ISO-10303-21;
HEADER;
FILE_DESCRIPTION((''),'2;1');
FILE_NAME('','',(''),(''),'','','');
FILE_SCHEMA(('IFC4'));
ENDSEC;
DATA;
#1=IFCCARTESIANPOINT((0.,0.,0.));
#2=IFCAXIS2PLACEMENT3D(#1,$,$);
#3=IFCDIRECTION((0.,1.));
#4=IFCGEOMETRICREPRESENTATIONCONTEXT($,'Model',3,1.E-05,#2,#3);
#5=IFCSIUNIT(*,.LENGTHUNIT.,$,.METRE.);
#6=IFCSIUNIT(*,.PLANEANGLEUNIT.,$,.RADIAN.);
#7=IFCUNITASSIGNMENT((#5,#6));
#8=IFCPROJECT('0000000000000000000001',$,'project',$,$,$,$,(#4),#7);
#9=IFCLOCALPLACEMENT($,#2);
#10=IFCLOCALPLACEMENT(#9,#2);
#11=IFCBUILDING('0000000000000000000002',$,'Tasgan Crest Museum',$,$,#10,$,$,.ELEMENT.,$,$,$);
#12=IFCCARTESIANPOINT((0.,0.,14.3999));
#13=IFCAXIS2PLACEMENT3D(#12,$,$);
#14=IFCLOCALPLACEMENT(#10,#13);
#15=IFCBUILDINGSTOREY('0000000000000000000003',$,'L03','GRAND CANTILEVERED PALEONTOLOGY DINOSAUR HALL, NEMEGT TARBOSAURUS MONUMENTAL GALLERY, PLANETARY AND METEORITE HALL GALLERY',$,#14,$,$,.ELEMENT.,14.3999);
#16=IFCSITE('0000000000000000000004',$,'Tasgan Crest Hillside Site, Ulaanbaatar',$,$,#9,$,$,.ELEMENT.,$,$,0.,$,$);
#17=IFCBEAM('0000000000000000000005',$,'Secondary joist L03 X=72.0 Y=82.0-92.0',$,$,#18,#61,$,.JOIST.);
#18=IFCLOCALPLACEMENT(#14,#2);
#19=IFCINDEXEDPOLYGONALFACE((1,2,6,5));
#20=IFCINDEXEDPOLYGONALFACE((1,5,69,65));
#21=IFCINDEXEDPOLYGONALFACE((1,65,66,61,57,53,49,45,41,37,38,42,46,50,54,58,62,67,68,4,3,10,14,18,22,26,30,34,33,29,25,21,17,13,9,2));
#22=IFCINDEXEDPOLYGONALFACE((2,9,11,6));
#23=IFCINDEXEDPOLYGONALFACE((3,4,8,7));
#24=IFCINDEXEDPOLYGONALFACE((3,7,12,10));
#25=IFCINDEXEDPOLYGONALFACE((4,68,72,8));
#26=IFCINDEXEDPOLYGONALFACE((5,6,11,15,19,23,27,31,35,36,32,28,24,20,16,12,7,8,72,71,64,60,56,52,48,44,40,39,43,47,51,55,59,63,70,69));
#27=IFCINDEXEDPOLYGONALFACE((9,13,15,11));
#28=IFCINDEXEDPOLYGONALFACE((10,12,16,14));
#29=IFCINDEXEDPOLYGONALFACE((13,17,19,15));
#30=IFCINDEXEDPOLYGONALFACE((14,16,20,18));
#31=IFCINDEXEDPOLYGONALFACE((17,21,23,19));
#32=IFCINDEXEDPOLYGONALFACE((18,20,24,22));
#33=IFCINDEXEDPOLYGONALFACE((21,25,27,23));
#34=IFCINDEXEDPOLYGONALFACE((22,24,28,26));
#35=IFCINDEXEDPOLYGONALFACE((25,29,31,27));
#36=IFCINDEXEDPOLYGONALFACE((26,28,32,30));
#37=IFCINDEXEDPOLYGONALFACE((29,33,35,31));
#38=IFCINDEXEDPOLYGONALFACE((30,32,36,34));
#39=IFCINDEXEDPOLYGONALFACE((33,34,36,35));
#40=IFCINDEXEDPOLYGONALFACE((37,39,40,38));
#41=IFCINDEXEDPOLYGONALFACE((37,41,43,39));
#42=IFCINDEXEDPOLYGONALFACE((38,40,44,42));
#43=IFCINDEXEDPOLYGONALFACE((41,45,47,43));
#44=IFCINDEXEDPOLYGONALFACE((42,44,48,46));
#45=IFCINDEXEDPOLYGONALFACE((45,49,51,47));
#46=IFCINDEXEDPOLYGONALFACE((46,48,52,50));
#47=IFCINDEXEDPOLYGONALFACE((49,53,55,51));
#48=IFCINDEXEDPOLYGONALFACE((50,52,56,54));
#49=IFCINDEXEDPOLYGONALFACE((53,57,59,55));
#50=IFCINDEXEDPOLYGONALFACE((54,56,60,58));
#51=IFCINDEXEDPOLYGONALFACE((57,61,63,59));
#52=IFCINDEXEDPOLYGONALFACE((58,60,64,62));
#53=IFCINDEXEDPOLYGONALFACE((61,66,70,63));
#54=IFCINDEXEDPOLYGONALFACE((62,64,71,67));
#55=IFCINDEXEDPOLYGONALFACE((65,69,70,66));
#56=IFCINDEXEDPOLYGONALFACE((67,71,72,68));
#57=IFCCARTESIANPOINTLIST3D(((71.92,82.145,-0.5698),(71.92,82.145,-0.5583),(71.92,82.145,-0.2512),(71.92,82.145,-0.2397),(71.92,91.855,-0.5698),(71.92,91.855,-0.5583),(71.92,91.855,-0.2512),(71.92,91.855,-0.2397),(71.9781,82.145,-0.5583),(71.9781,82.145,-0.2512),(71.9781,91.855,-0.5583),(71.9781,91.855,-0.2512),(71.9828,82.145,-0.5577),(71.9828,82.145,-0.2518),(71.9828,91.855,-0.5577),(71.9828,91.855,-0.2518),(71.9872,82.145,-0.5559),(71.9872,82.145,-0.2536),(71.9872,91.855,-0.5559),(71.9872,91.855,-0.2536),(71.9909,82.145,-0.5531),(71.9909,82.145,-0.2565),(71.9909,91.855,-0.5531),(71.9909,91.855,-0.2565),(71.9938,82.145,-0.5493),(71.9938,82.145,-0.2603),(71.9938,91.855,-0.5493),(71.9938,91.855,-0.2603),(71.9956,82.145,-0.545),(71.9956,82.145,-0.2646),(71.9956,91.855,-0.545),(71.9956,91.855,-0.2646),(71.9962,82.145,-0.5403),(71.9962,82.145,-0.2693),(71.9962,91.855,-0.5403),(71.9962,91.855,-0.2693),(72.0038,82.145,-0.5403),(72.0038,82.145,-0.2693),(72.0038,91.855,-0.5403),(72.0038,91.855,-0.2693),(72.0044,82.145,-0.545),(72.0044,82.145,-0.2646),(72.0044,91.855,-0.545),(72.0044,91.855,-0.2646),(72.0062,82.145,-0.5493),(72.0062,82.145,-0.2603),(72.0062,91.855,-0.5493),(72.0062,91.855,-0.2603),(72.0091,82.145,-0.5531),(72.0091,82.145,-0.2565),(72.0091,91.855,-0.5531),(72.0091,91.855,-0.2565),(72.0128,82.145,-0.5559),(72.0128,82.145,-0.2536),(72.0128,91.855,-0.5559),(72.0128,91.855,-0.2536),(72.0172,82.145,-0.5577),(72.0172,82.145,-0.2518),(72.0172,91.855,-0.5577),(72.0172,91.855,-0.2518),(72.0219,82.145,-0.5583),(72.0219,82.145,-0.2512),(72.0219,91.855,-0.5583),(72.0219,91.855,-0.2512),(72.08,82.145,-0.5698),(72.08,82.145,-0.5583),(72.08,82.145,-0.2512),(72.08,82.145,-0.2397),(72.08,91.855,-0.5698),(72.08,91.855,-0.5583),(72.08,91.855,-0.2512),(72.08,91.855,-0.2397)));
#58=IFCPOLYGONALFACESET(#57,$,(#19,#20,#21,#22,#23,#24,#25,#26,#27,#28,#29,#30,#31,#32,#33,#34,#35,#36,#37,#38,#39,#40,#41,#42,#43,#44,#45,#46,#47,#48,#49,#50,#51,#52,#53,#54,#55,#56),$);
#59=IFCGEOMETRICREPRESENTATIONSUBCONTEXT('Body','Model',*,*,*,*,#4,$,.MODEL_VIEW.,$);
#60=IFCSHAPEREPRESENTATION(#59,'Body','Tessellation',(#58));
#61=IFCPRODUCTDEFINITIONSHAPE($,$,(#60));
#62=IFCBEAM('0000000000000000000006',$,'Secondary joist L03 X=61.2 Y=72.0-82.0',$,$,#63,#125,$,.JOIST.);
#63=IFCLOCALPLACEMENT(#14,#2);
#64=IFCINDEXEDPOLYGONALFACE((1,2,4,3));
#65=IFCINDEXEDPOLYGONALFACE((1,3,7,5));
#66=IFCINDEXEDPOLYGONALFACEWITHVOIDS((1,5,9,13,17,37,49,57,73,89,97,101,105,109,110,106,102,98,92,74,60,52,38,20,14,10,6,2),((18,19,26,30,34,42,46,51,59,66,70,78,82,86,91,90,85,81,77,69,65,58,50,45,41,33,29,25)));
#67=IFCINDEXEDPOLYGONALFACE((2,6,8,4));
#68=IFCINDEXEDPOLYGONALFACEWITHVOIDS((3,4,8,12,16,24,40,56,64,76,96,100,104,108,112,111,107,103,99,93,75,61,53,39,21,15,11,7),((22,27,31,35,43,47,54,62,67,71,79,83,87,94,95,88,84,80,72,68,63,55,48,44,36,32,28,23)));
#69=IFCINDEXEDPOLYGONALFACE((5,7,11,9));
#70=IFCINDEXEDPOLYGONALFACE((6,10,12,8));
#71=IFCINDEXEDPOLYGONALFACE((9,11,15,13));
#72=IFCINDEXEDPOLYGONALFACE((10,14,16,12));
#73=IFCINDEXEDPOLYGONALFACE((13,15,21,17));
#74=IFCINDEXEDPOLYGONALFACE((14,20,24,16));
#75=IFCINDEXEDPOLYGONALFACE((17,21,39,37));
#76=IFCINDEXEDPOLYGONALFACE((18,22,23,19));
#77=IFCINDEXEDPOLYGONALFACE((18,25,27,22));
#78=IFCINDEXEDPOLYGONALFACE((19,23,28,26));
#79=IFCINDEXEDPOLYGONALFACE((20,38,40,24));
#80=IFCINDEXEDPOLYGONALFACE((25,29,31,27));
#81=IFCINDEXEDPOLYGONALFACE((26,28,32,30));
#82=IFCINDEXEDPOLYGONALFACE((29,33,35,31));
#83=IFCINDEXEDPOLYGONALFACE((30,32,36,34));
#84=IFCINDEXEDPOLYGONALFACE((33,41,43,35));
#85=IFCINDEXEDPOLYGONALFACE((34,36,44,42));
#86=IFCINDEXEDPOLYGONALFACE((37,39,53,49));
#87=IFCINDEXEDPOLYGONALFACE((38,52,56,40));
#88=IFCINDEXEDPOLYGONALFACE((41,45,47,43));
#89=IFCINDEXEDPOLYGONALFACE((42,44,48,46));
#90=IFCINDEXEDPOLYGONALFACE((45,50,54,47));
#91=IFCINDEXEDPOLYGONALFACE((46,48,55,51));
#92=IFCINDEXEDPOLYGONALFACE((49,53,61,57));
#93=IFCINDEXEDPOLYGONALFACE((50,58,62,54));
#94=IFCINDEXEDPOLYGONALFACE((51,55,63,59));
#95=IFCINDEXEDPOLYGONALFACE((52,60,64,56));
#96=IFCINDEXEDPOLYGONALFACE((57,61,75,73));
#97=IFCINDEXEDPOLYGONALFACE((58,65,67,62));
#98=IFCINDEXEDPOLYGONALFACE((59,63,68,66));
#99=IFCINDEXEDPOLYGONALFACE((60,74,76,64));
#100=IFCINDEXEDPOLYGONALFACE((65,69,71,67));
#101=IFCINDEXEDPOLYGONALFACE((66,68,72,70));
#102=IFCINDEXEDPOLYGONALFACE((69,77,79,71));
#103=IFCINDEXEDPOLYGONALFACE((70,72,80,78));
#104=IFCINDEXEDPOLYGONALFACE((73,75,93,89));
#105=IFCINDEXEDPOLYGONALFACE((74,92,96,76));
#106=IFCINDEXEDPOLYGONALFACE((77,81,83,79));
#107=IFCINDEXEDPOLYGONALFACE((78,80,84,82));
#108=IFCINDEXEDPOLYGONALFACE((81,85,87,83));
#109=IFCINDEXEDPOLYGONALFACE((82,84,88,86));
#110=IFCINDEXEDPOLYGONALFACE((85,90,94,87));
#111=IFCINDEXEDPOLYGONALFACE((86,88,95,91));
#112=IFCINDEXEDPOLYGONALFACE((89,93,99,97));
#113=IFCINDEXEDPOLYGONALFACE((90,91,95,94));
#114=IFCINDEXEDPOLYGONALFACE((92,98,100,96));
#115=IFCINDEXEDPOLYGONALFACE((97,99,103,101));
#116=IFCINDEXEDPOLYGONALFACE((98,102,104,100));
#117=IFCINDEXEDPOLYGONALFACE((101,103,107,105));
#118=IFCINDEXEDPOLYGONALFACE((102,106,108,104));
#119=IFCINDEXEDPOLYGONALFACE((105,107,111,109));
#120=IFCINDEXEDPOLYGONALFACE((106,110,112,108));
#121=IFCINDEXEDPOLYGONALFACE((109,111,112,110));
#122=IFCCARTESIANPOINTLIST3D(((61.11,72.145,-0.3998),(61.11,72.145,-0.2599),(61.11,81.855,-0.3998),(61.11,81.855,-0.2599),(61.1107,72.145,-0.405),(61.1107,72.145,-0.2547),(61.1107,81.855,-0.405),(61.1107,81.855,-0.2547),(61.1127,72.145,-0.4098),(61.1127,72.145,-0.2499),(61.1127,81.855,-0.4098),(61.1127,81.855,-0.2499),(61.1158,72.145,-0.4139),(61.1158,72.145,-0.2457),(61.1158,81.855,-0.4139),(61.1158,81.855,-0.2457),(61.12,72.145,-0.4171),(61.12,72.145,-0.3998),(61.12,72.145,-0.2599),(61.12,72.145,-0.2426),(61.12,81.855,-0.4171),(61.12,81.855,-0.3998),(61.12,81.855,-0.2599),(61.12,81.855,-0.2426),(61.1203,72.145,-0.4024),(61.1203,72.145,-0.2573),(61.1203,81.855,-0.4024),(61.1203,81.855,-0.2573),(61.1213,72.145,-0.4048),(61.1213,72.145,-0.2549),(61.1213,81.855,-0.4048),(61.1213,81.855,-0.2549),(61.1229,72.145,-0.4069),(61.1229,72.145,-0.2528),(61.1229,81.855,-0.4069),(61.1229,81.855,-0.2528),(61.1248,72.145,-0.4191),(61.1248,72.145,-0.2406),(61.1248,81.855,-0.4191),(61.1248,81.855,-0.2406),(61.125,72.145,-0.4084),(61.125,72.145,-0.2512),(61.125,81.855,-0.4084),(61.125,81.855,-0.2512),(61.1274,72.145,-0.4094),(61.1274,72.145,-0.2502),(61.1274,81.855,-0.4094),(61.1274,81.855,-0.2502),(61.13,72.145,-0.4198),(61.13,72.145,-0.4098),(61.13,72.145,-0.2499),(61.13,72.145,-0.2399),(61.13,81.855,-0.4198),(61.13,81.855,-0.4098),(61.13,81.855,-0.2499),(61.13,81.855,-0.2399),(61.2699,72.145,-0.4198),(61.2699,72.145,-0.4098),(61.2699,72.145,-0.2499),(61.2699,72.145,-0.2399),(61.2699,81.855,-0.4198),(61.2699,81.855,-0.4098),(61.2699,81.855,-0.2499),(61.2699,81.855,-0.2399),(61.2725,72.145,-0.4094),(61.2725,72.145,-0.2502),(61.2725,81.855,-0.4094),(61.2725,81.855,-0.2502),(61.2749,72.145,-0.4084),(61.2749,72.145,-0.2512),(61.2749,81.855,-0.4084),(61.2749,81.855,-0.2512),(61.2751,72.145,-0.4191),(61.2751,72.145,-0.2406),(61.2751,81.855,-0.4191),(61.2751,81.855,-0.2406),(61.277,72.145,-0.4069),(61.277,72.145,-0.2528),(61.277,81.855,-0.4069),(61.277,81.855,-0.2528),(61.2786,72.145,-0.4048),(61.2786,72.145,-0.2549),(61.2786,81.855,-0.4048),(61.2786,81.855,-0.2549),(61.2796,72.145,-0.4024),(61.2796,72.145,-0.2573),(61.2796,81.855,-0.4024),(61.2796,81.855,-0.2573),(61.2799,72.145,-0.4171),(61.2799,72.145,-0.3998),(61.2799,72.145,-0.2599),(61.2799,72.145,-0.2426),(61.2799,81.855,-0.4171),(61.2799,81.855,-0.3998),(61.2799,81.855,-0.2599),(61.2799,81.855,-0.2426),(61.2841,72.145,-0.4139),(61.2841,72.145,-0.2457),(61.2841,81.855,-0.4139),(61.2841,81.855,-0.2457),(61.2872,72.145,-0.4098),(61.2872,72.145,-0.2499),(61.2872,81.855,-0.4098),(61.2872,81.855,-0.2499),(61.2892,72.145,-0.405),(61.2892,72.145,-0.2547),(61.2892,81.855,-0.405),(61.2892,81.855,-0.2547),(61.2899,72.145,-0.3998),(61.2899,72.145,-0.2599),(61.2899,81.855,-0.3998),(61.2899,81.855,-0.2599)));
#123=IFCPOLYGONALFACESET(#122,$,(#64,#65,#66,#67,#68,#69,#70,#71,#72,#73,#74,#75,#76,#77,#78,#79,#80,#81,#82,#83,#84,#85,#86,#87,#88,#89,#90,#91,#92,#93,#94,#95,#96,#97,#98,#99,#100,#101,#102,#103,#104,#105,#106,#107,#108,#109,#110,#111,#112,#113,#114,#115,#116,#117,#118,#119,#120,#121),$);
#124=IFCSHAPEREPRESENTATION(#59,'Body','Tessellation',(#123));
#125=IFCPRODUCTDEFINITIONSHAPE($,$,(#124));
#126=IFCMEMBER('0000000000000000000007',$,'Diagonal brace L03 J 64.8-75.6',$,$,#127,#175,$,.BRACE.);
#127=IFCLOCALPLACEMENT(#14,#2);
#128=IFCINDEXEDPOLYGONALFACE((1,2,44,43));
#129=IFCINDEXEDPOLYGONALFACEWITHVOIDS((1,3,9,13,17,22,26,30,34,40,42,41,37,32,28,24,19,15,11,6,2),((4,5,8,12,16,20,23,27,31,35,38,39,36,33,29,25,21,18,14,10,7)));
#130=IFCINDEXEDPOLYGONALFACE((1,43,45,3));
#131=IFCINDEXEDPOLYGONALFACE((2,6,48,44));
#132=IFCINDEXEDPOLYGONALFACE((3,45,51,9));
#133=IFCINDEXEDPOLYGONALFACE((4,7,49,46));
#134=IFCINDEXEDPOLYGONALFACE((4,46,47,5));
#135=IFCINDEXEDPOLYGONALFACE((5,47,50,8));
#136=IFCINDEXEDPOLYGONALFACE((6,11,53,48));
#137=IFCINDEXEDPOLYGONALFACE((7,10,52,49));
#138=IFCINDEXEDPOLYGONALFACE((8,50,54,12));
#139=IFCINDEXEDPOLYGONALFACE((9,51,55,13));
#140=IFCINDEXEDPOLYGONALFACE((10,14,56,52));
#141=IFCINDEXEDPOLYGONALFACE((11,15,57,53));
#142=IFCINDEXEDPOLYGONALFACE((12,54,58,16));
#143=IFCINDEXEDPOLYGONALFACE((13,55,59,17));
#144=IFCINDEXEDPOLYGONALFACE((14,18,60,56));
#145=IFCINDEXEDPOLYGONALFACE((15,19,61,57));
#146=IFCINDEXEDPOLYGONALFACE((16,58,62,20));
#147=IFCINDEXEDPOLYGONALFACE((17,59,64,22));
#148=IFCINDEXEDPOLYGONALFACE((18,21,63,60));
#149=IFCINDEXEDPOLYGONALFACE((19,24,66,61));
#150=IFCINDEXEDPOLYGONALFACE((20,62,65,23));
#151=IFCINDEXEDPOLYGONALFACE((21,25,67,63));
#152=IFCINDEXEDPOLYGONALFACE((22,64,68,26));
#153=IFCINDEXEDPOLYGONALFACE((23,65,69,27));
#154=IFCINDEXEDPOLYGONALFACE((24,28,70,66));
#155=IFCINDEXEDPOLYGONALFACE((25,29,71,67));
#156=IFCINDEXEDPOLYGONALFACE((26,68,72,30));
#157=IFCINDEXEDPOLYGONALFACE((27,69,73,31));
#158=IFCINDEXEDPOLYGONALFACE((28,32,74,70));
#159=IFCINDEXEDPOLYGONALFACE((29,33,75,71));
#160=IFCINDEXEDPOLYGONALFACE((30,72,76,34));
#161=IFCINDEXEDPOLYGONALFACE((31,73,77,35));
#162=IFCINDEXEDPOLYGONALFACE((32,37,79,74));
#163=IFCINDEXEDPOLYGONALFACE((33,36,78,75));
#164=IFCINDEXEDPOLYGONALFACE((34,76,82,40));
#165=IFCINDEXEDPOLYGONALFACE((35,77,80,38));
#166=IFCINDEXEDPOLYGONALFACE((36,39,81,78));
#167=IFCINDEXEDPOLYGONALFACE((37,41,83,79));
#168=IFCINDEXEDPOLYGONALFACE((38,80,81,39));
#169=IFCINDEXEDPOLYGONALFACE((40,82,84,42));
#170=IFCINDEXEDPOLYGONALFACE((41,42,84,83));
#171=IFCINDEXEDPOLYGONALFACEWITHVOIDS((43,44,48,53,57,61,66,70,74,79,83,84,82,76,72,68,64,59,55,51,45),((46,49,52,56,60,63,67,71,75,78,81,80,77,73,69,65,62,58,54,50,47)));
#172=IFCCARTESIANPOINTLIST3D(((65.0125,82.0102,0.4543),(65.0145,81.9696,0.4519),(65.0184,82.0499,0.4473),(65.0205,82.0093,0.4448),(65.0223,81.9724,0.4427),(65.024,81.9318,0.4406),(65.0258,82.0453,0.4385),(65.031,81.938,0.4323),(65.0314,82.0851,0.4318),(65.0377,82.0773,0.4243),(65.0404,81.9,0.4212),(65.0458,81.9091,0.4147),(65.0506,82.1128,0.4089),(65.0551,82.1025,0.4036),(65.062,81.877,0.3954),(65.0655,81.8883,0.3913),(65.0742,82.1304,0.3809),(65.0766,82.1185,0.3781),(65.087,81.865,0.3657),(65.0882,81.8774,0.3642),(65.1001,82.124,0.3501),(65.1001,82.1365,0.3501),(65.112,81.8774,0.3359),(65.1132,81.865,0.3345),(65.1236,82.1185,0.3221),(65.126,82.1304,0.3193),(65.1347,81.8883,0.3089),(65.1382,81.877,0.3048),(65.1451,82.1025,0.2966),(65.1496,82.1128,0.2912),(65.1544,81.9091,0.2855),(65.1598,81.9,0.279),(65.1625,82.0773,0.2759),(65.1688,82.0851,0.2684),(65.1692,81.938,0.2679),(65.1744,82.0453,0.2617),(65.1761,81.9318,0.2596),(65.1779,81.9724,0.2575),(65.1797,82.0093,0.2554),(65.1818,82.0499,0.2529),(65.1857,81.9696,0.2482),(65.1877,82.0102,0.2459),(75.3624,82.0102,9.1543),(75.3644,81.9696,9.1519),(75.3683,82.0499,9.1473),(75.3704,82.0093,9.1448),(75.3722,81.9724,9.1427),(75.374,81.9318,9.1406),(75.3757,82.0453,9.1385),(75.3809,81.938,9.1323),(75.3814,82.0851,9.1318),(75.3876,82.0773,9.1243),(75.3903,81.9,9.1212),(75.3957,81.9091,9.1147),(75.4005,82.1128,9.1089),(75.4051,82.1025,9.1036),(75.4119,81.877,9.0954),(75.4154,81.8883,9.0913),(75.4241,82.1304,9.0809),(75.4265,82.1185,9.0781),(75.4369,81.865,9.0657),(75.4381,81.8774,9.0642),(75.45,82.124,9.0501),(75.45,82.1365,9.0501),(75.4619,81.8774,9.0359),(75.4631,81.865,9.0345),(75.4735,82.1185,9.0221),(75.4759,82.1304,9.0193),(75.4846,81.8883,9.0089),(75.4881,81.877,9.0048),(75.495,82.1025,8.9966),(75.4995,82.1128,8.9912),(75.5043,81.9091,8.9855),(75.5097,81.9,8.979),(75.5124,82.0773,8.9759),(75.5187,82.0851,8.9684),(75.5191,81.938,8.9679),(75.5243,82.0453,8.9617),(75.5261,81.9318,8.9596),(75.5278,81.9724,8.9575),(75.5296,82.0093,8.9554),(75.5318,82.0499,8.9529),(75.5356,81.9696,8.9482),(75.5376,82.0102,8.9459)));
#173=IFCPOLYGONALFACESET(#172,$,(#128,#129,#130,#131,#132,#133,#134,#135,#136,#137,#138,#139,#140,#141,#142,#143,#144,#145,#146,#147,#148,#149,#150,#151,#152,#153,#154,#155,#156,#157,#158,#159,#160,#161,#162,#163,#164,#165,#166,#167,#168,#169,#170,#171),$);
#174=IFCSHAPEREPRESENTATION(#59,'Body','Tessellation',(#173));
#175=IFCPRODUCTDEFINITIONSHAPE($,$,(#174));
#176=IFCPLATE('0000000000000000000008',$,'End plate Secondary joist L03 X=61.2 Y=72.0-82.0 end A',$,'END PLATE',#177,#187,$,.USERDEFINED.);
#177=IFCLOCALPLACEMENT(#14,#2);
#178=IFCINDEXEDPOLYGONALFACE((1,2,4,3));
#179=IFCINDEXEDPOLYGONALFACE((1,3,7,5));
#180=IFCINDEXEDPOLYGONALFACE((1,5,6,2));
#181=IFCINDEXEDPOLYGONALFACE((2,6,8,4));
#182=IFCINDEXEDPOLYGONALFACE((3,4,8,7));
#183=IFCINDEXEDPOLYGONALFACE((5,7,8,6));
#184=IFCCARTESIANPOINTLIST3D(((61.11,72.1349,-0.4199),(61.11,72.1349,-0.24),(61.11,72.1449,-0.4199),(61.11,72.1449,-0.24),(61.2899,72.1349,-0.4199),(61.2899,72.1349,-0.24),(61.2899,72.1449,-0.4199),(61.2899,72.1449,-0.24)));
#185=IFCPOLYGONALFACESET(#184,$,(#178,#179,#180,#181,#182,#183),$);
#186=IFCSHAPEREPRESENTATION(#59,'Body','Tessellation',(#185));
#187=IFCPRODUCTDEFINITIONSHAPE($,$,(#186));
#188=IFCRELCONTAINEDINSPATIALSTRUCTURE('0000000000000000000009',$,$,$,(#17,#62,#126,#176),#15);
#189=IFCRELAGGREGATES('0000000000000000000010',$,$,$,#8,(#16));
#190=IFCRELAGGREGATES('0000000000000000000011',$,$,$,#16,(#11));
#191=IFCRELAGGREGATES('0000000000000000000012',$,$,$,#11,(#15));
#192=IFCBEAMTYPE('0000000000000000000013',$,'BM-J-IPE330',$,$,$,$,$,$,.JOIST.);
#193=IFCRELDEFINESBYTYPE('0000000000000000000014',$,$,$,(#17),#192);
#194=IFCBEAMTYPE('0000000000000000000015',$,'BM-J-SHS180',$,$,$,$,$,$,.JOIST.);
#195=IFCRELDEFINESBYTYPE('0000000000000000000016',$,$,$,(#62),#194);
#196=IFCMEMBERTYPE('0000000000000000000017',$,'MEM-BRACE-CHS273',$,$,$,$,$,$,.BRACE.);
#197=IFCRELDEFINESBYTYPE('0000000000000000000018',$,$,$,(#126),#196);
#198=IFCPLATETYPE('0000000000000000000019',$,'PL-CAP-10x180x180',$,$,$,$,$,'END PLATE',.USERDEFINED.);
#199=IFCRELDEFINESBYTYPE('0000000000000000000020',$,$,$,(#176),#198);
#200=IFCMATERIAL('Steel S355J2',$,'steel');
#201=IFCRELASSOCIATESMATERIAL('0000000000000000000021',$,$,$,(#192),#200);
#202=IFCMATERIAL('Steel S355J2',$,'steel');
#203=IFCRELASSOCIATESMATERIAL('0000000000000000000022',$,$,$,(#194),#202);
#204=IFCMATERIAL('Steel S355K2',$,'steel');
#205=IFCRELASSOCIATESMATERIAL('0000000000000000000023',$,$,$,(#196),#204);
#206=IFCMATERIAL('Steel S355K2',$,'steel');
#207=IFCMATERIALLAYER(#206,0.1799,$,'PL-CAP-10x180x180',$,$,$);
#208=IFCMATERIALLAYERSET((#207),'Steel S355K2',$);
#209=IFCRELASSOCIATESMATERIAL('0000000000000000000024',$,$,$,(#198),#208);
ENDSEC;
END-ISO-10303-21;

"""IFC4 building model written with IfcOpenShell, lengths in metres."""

from ifc_helpers import new_model, si_unit, direction, frame, origin, origin_2d, place, context, subcontext, project, spatial, rectangle, hollow_rectangle, hollow_circle, i_section, extrude, material, layer, layer_set, material_profile, profile_set, type_object, element, save


model = new_model("IFC4")

# Units and contexts
model_context = context("Model", 3, precision=1e-05, world=origin(), true_north=direction((0.0, 1.0)))
body_context = subcontext(model_context, "Body", "Model", "MODEL_VIEW")
ifc_project = project(units=[si_unit("LENGTHUNIT", "METRE"), si_unit("PLANEANGLEUNIT", "RADIAN")], contexts=[model_context])

# Site, building, storey
site_placement = place(None, origin())
site = spatial("IfcSite", under=ifc_project, at=site_placement, Name="Tasgan Crest Hillside Site, Ulaanbaatar", CompositionType="ELEMENT", RefElevation=0.0)
building_placement = place(site_placement, origin())
building = spatial("IfcBuilding", under=site, at=building_placement, Name="Tasgan Crest Museum", CompositionType="ELEMENT")
storey_placement = place(building_placement, frame((0.0, 0.0, 14.3999)))
storey = spatial("IfcBuildingStorey", under=building, at=storey_placement, Name="L03", Description="GRAND CANTILEVERED PALEONTOLOGY DINOSAUR HALL, NEMEGT TARBOSAURUS MONUMENTAL GALLERY, PLANETARY AND METEORITE HALL GALLERY", CompositionType="ELEMENT", Elevation=14.3999)

# Beams
ifc_material_1 = material(Name="Steel S355J2", Category="steel")
ifc_material_profile_1 = material_profile(ifc_material_1, i_section(OverallWidth=0.1599, OverallDepth=0.3301, WebThickness=0.0076, FlangeThickness=0.0115, FilletRadius=0.0181, at=origin_2d()), Name="IPE 330")
ifc_profile_set_1 = profile_set([ifc_material_profile_1], Name="Steel S355J2")
beam_type_1 = type_object("IfcBeamType", Name="BM-J-IPE330", PredefinedType="JOIST", material=ifc_profile_set_1)
for number, where, z_axis, x_axis, name in (
    (1, (72.0, 82.145, -0.4048), (0.0, 1.0, 0.0), (-1.0, 0.0, 0.0), "Secondary joist L03 X=72.0 Y=82.0-92.0"),
):
    element("IfcBeam", number, at=place(storey_placement, frame(where, z_axis=z_axis, x_axis=x_axis)), inside=storey, type_object=beam_type_1, Name=name, PredefinedType="JOIST", context=body_context, shape_type="SweptSolid", body=[
        extrude(i_section(OverallWidth=0.1599, OverallDepth=0.3301, WebThickness=0.0076, FlangeThickness=0.0115, FilletRadius=0.0181, at=origin_2d()), origin(), (0.0, 0.0, 1.0), 9.71),
    ])
ifc_material_2 = material(Name="Steel S355J2", Category="steel")
ifc_material_profile_2 = material_profile(ifc_material_2, hollow_rectangle(XDim=0.1799, YDim=0.1799, WallThickness=0.01, InnerFilletRadius=0.01, OuterFilletRadius=0.02, at=origin_2d()), Name="SHS 180x180x10")
ifc_profile_set_2 = profile_set([ifc_material_profile_2], Name="Steel S355J2")
beam_type_2 = type_object("IfcBeamType", Name="BM-J-SHS180", PredefinedType="JOIST", material=ifc_profile_set_2)
beam_1_placement = place(storey_placement, frame((61.2, 72.145, -0.3298), z_axis=(0.0, 1.0, 0.0), x_axis=(-1.0, 0.0, 0.0)))
element("IfcBeam", 2, at=beam_1_placement, inside=storey, type_object=beam_type_2, Name="Secondary joist L03 X=61.2 Y=72.0-82.0", PredefinedType="JOIST", context=body_context, shape_type="SweptSolid", body=[
    extrude(hollow_rectangle(XDim=0.1799, YDim=0.1799, WallThickness=0.01, InnerFilletRadius=0.01, OuterFilletRadius=0.02, at=origin_2d()), origin(), (0.0, 0.0, 1.0), 9.71),
])

# Member
ifc_material_3 = material(Name="Steel S355K2", Category="steel")
ifc_material_profile_3 = material_profile(ifc_material_3, hollow_circle(Radius=0.1365, WallThickness=0.0125, at=origin_2d()), Name="CHS 273x12.5")
ifc_profile_set_3 = profile_set([ifc_material_profile_3], Name="Steel S355K2")
member_type = type_object("IfcMemberType", Name="MEM-BRACE-CHS273", PredefinedType="BRACE", material=ifc_profile_set_3)
member_placement = place(storey_placement, frame((65.1001, 82.0, 0.3501), z_axis=(0.765484, 0.0, 0.643455), x_axis=(0.0, 1.0, 0.0)))
element("IfcMember", 3, at=member_placement, inside=storey, type_object=member_type, Name="Diagonal brace L03 J 64.8-75.6", PredefinedType="BRACE", context=body_context, shape_type="SweptSolid", body=[
    extrude(hollow_circle(Radius=0.1365, WallThickness=0.0125, at=origin_2d()), origin(), (0.0, 0.0, 1.0), 13.5208),
])

# Plate
ifc_material_4 = material(Name="Steel S355K2", Category="steel")
ifc_layer_1 = layer(ifc_material_4, 0.1799, Name="PL-CAP-10x180x180")
ifc_layer_set_1 = layer_set([ifc_layer_1], Name="Steel S355K2")
plate_type_1 = type_object("IfcPlateType", Name="PL-CAP-10x180x180", ElementType="END PLATE", PredefinedType="USERDEFINED", material=ifc_layer_set_1)
plate_1_placement = place(storey_placement, frame((61.2, 72.1399, -0.4199), z_axis=(0.0, 0.0, 1.0), x_axis=(0.0, 1.0, 0.0)))
element("IfcPlate", 4, at=plate_1_placement, inside=storey, type_object=plate_type_1, Name="End plate Secondary joist L03 X=61.2 Y=72.0-82.0 end A", ObjectType="END PLATE", PredefinedType="USERDEFINED", context=body_context, shape_type="SweptSolid", body=[
    extrude(rectangle(XDim=0.01, YDim=0.1799, at=origin_2d()), origin(), (0.0, 0.0, 1.0), 0.1799),
])

save(model, "model.ifc")
